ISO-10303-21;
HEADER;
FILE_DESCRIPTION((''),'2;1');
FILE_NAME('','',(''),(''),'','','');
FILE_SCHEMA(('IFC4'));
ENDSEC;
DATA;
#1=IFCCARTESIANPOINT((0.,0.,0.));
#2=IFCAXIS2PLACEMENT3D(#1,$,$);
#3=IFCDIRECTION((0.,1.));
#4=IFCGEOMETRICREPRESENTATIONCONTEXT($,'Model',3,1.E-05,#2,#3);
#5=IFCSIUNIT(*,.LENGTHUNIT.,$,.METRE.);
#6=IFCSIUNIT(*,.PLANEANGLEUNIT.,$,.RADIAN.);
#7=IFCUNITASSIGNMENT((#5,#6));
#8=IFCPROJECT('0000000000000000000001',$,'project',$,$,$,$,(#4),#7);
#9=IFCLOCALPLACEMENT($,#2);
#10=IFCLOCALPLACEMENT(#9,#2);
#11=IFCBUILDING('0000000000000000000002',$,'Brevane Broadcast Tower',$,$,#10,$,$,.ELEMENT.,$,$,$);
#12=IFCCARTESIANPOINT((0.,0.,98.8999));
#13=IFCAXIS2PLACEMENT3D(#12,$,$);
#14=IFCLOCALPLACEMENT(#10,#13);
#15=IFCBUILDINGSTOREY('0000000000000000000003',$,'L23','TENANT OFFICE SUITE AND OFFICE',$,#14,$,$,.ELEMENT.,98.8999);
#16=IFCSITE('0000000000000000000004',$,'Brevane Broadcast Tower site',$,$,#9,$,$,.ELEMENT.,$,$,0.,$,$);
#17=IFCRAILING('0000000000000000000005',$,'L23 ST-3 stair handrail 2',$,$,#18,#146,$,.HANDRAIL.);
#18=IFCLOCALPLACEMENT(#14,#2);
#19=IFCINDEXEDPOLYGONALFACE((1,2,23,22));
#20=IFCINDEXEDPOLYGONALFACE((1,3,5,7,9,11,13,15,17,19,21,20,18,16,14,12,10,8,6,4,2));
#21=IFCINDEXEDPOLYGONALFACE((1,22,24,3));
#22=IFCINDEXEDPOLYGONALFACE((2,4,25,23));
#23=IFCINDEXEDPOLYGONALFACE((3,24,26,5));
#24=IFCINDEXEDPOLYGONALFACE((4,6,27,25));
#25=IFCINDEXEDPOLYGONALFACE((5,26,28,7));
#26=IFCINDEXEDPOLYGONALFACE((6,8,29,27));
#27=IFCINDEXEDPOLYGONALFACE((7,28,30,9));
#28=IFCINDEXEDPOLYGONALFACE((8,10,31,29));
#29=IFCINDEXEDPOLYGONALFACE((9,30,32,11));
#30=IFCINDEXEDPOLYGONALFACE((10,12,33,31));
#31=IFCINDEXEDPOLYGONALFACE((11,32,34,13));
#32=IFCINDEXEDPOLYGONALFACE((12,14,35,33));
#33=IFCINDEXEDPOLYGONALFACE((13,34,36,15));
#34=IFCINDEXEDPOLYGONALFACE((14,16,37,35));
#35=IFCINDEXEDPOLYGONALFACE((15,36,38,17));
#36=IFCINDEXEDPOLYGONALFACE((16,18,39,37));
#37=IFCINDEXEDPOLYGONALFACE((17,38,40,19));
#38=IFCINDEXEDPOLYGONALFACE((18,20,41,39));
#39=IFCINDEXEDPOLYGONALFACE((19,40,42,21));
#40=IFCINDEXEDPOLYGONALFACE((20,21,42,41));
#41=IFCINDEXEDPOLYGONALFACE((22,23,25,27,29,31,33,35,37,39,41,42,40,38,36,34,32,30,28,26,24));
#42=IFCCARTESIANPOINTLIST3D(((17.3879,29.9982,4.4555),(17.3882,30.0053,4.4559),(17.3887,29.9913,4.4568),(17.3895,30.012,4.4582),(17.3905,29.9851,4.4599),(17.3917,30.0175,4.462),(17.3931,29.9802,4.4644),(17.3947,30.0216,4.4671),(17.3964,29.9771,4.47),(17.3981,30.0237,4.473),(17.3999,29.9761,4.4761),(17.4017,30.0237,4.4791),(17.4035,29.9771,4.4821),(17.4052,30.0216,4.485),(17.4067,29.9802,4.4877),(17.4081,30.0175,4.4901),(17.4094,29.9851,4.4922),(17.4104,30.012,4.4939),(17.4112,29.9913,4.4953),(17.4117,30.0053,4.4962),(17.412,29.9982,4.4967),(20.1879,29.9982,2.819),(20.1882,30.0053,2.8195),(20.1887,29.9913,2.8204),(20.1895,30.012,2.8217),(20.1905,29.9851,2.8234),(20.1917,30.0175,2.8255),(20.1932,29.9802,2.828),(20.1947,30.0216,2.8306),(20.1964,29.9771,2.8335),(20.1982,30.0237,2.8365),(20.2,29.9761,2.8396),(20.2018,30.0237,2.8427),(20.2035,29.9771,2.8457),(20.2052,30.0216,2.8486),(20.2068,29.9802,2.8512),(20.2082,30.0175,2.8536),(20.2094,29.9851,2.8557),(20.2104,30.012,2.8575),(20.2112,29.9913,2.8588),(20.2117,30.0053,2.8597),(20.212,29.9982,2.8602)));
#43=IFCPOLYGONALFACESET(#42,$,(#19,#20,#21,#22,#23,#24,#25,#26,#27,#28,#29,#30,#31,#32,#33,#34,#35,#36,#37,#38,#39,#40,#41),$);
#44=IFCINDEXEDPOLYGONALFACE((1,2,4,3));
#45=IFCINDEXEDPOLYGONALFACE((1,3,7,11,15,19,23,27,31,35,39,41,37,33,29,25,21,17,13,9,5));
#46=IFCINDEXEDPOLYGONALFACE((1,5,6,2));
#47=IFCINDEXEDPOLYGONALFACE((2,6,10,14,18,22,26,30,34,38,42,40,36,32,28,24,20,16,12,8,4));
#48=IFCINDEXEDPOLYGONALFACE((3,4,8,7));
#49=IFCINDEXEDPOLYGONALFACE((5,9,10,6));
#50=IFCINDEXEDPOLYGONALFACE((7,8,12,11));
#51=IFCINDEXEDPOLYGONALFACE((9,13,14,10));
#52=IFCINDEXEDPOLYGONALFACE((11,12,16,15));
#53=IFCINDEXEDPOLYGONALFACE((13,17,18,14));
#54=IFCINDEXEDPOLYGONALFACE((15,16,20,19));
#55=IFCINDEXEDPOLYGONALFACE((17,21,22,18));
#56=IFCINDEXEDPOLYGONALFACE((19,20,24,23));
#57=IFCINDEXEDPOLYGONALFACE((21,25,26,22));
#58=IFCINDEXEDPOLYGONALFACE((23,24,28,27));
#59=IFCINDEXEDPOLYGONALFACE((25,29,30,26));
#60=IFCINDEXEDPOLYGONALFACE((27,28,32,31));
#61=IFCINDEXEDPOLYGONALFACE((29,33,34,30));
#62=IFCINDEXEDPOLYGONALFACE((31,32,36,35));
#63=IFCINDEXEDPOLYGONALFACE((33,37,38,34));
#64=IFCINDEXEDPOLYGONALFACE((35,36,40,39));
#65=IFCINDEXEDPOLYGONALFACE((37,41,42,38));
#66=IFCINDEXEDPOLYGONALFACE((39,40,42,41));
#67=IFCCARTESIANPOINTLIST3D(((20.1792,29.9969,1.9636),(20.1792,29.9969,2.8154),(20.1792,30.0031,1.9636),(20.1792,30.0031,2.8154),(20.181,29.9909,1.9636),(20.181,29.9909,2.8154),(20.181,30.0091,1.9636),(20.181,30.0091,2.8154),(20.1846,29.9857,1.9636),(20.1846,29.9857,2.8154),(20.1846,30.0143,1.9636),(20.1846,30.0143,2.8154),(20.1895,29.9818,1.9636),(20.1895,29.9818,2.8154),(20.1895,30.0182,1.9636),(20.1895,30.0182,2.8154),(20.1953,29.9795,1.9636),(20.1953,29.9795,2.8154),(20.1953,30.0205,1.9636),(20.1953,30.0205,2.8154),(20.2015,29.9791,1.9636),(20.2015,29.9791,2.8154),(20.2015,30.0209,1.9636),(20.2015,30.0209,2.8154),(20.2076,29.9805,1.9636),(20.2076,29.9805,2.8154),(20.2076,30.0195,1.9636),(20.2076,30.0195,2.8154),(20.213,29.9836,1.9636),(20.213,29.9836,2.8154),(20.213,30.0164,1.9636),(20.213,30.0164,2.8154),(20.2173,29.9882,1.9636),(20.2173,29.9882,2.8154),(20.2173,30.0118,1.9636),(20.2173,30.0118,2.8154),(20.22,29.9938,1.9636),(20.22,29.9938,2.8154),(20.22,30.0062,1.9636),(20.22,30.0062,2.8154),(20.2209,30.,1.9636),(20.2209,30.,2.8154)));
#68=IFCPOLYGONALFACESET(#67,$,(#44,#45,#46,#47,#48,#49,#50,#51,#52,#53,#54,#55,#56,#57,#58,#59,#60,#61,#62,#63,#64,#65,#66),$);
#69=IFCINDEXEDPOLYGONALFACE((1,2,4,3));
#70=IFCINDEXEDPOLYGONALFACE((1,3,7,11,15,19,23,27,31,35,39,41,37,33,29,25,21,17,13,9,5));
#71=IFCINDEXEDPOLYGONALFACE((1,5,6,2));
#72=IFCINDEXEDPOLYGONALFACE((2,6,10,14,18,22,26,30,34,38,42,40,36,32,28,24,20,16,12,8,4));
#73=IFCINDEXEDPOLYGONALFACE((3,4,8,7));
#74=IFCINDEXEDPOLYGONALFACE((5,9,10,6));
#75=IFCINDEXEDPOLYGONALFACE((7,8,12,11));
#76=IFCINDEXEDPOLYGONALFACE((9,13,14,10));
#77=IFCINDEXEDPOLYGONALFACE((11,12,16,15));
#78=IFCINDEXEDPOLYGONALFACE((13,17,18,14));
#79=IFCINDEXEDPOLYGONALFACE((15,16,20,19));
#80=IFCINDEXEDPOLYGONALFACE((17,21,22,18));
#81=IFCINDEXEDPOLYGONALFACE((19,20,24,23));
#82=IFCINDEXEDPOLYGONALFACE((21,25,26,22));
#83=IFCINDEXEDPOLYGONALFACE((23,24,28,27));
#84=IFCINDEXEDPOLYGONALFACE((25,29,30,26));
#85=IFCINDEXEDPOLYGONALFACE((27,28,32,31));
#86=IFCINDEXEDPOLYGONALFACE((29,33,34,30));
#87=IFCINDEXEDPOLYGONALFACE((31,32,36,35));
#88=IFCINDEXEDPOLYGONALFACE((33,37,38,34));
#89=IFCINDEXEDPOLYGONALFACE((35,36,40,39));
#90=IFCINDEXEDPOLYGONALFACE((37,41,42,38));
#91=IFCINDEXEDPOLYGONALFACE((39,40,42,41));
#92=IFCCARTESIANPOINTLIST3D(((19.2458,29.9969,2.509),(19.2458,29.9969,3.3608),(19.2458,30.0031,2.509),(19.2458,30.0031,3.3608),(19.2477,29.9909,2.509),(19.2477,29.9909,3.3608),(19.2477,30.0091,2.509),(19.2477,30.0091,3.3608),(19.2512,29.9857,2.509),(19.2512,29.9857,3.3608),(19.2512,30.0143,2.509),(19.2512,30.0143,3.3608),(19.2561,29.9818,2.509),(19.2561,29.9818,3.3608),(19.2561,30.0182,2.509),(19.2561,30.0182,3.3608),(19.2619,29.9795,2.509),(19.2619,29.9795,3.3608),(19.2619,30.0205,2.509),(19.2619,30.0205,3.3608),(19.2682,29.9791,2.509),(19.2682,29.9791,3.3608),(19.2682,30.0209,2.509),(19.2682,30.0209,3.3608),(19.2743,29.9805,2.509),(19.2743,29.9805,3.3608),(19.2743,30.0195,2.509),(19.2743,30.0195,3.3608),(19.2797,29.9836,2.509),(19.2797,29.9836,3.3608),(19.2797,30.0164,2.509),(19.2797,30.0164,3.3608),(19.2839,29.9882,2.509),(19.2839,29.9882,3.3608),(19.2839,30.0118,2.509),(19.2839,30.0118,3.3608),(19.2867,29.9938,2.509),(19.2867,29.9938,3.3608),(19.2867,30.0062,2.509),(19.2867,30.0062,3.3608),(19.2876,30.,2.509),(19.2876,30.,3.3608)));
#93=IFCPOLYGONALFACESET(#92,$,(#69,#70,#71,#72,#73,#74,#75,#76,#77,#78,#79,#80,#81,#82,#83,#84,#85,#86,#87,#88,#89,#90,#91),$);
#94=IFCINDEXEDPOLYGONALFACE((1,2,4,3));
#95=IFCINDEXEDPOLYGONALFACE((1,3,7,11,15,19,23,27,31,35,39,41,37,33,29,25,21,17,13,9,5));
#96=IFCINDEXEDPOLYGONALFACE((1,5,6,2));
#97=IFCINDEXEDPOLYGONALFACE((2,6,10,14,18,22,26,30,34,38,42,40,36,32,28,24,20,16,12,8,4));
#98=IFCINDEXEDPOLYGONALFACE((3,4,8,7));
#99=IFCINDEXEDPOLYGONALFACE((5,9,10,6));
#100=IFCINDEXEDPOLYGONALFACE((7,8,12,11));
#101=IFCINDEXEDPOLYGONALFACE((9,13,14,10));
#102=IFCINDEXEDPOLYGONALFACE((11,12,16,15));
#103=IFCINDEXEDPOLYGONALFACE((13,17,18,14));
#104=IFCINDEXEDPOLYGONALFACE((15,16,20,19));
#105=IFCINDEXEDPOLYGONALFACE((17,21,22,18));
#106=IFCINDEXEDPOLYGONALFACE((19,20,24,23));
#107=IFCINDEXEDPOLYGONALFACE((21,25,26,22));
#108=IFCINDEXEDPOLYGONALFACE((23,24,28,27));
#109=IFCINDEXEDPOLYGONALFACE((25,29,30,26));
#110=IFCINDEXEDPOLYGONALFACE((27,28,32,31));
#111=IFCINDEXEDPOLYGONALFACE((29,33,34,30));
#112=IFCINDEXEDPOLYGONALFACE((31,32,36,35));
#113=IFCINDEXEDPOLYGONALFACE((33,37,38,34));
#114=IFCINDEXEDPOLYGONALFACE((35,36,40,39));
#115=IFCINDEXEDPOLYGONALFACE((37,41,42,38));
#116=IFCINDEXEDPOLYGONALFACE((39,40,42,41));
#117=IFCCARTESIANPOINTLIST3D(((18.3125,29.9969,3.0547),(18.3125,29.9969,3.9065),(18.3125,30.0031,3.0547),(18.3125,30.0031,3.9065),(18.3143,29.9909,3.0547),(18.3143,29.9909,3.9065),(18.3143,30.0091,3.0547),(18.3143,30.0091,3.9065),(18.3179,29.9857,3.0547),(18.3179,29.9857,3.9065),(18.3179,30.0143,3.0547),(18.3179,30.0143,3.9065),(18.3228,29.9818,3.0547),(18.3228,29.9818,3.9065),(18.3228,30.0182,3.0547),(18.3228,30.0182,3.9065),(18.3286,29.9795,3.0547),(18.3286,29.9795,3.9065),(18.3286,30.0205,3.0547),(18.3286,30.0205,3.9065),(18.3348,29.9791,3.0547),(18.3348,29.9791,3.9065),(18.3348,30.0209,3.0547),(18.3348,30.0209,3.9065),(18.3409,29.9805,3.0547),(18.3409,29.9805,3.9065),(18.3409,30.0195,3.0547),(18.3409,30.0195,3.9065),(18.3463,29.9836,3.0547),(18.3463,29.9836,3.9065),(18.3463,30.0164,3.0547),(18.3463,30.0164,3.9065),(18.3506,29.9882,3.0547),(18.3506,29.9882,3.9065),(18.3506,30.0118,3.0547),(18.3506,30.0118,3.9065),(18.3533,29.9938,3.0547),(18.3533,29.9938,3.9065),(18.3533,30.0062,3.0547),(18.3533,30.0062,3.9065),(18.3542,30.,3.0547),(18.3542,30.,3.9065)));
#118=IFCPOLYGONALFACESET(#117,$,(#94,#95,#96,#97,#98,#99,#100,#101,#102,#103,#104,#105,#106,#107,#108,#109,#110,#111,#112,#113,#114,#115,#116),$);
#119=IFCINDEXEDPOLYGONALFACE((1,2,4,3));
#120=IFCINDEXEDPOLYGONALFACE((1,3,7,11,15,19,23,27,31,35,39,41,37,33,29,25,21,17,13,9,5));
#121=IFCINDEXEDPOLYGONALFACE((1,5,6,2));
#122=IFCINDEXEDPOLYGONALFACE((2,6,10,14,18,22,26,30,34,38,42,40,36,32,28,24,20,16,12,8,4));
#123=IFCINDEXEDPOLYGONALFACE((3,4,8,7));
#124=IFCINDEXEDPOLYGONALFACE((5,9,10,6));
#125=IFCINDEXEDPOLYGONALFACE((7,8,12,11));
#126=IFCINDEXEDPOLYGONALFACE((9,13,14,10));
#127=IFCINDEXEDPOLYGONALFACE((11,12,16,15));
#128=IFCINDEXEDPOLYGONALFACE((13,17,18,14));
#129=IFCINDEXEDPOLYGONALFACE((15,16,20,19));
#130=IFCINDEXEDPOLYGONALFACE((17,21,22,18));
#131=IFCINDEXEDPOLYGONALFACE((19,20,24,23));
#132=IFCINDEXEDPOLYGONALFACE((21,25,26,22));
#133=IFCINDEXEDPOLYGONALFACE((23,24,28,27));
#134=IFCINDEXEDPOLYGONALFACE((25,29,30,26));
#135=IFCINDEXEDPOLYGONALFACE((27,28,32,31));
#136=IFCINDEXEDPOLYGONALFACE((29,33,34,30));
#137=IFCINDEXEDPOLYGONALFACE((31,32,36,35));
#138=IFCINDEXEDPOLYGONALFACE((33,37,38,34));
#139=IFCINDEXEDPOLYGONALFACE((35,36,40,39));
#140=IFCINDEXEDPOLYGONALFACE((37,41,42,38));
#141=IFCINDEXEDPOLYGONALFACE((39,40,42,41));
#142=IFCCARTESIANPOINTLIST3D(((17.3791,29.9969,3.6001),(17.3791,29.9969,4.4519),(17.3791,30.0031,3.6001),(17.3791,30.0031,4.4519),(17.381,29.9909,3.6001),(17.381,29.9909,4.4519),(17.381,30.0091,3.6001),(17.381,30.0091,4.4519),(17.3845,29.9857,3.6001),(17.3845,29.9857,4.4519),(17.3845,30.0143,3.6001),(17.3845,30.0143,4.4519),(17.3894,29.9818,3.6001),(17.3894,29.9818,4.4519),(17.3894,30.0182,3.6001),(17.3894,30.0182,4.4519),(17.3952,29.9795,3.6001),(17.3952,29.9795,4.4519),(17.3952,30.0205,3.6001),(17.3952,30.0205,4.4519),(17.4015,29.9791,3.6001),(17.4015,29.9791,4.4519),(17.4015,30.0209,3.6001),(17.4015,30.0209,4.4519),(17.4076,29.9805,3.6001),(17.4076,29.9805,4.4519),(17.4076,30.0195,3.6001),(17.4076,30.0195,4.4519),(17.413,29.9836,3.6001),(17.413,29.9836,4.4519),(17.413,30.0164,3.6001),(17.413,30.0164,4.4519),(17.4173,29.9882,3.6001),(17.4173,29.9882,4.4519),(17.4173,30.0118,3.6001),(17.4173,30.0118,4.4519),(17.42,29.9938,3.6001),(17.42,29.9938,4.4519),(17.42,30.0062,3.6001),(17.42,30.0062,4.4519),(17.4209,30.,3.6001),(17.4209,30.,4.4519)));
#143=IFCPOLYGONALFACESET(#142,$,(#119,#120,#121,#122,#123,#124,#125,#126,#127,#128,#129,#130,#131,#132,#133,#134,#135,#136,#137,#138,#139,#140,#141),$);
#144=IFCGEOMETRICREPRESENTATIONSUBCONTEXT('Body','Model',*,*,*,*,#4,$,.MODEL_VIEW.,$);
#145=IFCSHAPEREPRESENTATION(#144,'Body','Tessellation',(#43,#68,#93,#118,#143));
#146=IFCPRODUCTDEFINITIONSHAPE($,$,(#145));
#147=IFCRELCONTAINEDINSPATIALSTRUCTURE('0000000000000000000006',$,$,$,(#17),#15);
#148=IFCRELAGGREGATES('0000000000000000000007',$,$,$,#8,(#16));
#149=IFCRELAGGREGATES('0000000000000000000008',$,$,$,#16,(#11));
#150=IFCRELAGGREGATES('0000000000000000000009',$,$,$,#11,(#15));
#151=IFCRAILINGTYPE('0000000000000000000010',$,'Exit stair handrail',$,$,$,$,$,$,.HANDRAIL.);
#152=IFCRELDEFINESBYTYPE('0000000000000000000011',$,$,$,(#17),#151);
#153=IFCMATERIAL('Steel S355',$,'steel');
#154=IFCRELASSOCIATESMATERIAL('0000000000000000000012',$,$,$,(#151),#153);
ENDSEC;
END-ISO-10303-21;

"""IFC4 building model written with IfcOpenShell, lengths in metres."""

from ifc_helpers import new_model, si_unit, direction, frame, origin, origin_2d, place, context, subcontext, project, spatial, circle, extrude, material, type_object, element, save


model = new_model("IFC4")

# Units and contexts
model_context = context("Model", 3, precision=1e-05, world=origin(), true_north=direction((0.0, 1.0)))
body_context = subcontext(model_context, "Body", "Model", "MODEL_VIEW")
ifc_project = project(units=[si_unit("LENGTHUNIT", "METRE"), si_unit("PLANEANGLEUNIT", "RADIAN")], contexts=[model_context])

# Site, building, storey
site_placement = place(None, origin())
site = spatial("IfcSite", under=ifc_project, at=site_placement, Name="Brevane Broadcast Tower site", CompositionType="ELEMENT", RefElevation=0.0)
building_placement = place(site_placement, origin())
building = spatial("IfcBuilding", under=site, at=building_placement, Name="Brevane Broadcast Tower", CompositionType="ELEMENT")
storey_placement = place(building_placement, frame((0.0, 0.0, 98.8999)))
storey = spatial("IfcBuildingStorey", under=building, at=storey_placement, Name="L23", Description="TENANT OFFICE SUITE AND OFFICE", CompositionType="ELEMENT", Elevation=98.8999)

# Railing
ifc_material_1 = material(Name="Steel S355", Category="steel")
railing_type_1 = type_object("IfcRailingType", Name="Exit stair handrail", PredefinedType="HANDRAIL", material=ifc_material_1)
railing_1_placement = place(storey_placement, frame((20.2, 30.0, 1.9636)))
element("IfcRailing", 1, at=railing_1_placement, inside=storey, type_object=railing_type_1, Name="L23 ST-3 stair handrail 2", PredefinedType="HANDRAIL", context=body_context, shape_type="SweptSolid", body=[
    extrude(circle(Radius=0.0239, at=origin_2d()), frame((0.0, 0.0, 0.876), z_axis=(-0.863361, 0.0, 0.504587), x_axis=(0.0, -1.0, 0.0)), (0.0, 0.0, 1.0), 3.2432),
    extrude(circle(Radius=0.021, at=origin_2d()), origin(), (0.0, 0.0, 1.0), 0.8518),
    extrude(circle(Radius=0.021, at=origin_2d()), frame((-0.9333, 0.0, 0.5454)), (0.0, 0.0, 1.0), 0.8518),
    extrude(circle(Radius=0.021, at=origin_2d()), frame((-1.8667, 0.0, 1.0911)), (0.0, 0.0, 1.0), 0.8518),
    extrude(circle(Radius=0.021, at=origin_2d()), frame((-2.8, 0.0, 1.6365)), (0.0, 0.0, 1.0), 0.8518),
])

save(model, "model.ifc")
